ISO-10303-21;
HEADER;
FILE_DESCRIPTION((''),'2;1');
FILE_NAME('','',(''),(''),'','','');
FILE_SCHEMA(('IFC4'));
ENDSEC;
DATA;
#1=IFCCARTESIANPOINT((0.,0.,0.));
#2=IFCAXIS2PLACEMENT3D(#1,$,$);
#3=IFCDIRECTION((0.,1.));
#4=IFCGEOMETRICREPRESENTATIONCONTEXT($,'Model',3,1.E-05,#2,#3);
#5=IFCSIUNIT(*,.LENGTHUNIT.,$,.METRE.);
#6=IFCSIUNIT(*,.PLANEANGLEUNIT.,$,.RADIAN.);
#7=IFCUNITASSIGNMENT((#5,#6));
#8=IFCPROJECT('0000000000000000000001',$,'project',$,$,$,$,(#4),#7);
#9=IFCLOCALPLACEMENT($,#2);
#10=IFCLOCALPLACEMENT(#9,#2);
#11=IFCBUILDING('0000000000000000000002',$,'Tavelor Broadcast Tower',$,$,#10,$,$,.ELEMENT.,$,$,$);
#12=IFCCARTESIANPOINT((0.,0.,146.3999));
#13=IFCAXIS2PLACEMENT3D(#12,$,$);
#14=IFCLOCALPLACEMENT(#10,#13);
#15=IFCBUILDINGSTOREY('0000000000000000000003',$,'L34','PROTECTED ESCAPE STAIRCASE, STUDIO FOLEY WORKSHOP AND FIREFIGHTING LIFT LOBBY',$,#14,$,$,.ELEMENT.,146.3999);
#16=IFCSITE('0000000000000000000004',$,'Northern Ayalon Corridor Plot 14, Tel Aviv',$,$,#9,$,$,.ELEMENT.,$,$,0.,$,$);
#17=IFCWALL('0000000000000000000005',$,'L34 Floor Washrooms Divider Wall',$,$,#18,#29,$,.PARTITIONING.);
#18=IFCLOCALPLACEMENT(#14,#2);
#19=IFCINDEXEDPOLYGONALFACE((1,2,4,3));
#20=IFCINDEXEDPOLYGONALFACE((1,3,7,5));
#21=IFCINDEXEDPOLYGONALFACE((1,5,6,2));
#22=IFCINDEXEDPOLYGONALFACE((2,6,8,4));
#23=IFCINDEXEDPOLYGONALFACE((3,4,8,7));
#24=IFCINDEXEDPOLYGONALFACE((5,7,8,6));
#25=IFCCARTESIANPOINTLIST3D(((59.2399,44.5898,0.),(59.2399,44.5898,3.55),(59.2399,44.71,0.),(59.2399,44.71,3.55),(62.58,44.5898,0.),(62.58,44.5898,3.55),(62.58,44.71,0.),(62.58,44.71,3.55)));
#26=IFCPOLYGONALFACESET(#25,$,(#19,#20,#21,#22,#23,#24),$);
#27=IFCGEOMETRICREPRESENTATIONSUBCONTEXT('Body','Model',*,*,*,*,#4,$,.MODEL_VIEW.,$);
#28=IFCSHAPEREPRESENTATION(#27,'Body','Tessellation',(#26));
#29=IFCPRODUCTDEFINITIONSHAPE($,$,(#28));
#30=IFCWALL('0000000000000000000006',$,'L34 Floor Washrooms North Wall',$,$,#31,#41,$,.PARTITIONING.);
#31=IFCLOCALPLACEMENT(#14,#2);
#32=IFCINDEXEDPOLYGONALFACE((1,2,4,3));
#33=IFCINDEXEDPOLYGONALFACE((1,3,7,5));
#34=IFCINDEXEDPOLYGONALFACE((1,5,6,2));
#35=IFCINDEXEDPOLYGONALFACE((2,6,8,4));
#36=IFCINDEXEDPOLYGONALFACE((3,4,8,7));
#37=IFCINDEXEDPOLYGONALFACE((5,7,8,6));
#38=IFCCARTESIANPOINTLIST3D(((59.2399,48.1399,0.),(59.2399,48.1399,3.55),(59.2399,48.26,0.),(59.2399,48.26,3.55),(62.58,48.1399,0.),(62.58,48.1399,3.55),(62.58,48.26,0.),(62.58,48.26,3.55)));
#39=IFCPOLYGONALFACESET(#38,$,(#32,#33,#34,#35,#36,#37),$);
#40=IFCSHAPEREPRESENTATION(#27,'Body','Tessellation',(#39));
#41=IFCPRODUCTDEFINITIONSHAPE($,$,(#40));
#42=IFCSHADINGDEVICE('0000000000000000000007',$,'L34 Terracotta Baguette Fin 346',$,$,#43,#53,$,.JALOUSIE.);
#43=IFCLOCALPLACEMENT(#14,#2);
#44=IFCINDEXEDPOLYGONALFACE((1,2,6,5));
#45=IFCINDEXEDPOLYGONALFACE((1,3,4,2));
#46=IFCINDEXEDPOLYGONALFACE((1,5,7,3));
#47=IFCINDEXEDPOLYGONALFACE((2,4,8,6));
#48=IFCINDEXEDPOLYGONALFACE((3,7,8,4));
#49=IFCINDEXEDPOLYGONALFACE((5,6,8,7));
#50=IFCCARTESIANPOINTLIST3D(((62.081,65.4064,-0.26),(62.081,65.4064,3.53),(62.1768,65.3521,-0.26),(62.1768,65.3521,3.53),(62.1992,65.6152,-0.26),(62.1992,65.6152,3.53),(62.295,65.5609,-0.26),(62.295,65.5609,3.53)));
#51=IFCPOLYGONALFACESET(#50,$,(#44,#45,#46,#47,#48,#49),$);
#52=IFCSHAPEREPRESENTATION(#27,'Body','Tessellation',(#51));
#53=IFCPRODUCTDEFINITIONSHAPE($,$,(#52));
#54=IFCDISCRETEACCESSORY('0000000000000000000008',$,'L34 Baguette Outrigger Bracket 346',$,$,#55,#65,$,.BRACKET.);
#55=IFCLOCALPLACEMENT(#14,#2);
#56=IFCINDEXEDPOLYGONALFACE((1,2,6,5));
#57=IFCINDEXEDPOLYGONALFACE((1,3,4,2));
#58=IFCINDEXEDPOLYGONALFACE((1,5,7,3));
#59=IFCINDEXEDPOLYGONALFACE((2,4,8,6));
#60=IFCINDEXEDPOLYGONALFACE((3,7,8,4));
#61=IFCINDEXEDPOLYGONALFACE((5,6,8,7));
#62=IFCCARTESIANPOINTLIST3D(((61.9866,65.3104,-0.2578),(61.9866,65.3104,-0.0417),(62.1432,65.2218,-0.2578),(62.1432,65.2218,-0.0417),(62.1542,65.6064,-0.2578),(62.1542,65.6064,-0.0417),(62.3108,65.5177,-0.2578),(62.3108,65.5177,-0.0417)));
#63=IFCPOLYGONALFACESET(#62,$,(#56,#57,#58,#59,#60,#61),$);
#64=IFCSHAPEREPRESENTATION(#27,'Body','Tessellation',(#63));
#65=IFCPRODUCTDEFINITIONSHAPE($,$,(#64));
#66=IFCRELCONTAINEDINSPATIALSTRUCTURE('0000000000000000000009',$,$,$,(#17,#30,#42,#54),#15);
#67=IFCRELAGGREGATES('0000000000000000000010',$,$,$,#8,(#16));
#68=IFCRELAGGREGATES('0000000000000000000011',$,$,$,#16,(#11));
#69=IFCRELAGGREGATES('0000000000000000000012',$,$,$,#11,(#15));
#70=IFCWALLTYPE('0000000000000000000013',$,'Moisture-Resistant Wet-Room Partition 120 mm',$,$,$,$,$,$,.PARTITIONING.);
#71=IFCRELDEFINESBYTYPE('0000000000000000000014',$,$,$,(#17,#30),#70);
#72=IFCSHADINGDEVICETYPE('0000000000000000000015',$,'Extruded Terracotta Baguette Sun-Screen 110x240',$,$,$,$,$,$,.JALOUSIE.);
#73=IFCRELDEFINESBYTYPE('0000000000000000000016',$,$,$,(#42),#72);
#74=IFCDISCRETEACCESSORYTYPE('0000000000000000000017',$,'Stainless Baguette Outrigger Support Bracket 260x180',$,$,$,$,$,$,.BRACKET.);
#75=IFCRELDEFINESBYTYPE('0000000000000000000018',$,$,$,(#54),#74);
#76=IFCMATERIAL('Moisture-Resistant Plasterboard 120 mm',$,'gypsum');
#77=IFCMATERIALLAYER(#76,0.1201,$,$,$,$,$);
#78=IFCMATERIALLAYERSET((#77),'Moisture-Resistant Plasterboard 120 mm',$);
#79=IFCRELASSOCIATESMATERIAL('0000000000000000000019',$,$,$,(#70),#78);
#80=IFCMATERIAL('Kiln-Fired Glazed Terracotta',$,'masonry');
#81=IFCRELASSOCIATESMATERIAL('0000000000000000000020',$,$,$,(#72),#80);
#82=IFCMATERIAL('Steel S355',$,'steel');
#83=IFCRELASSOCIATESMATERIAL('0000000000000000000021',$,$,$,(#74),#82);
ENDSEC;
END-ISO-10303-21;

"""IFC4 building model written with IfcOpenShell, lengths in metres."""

from ifc_helpers import new_model, si_unit, direction, frame, frame_2d, origin, origin_2d, place, context, subcontext, project, spatial, rectangle, extrude, source, transform, mapped, material, layer, layer_set, type_object, type_shapes, element, save


model = new_model("IFC4")

# Units and contexts
model_context = context("Model", 3, precision=1e-05, world=origin(), true_north=direction((0.0, 1.0)))
body_context = subcontext(model_context, "Body", "Model", "MODEL_VIEW")
ifc_project = project(units=[si_unit("LENGTHUNIT", "METRE"), si_unit("PLANEANGLEUNIT", "RADIAN")], contexts=[model_context])

# Site, building, storey
site_placement = place(None, origin())
site = spatial("IfcSite", under=ifc_project, at=site_placement, Name="Northern Ayalon Corridor Plot 14, Tel Aviv", CompositionType="ELEMENT", RefElevation=0.0)
building_placement = place(site_placement, origin())
building = spatial("IfcBuilding", under=site, at=building_placement, Name="Tavelor Broadcast Tower", CompositionType="ELEMENT")
storey_placement = place(building_placement, frame((0.0, 0.0, 146.3999)))
storey = spatial("IfcBuildingStorey", under=building, at=storey_placement, Name="L34", Description="PROTECTED ESCAPE STAIRCASE, STUDIO FOLEY WORKSHOP AND FIREFIGHTING LIFT LOBBY", CompositionType="ELEMENT", Elevation=146.3999)

# Shared definitions
ifc_material_1 = material(Name="Steel S355", Category="steel")

# Walls
ifc_material_2 = material(Name="Moisture-Resistant Plasterboard 120 mm", Category="gypsum")
ifc_layer_1 = layer(ifc_material_2, 0.1201)
ifc_layer_set_1 = layer_set([ifc_layer_1], Name="Moisture-Resistant Plasterboard 120 mm")
wall_type_1 = type_object("IfcWallType", Name="Moisture-Resistant Wet-Room Partition 120 mm", PredefinedType="PARTITIONING", material=ifc_layer_set_1)
for number, where, z_axis, x_axis, name in (
    (1, (59.24, 44.6499, 0.0), (0.0, 0.0, 1.0), (1.0, 0.0, 0.0), "L34 Floor Washrooms Divider Wall"),
    (2, (59.24, 48.2, 0.0), (0.0, 0.0, 1.0), (1.0, 0.0, 0.0), "L34 Floor Washrooms North Wall"),
):
    element("IfcWall", number, at=place(storey_placement, frame(where, z_axis=z_axis, x_axis=x_axis)), inside=storey, type_object=wall_type_1, Name=name, PredefinedType="PARTITIONING", context=body_context, shape_type="SweptSolid", body=[
        extrude(rectangle(XDim=3.3401, YDim=0.1201, at=frame_2d((1.6699, 0.0))), origin(), (0.0, 0.0, 1.0), 3.55),
    ])

# Shading device
ifc_material_3 = material(Name="Kiln-Fired Glazed Terracotta", Category="masonry")
shading_device_type = type_object("IfcShadingDeviceType", Name="Extruded Terracotta Baguette Sun-Screen 110x240", PredefinedType="JALOUSIE", material=ifc_material_3)
shared_shape_1 = source(origin(), body_context, "Body", "SweptSolid", [
    extrude(rectangle(XDim=0.1101, YDim=0.24, at=origin_2d()), origin(), (0.0, 0.0, 1.0), 3.79),
])
type_shapes(shading_device_type, [shared_shape_1])
shading_device_placement = place(storey_placement, frame((62.188, 65.4836, -0.26), z_axis=(0.0, 0.0, 1.0), x_axis=(-0.870184, 0.492727, 0.0)))
element("IfcShadingDevice", 3, at=shading_device_placement, inside=storey, type_object=shading_device_type, Name="L34 Terracotta Baguette Fin 346", PredefinedType="JALOUSIE", context=body_context, shape_type="MappedRepresentation", body=[
    mapped(shared_shape_1, transform((0.0, 0.0, 0.0), scale=1.0)),
])

# Discrete accessory
discrete_accessory_type = type_object("IfcDiscreteAccessoryType", Name="Stainless Baguette Outrigger Support Bracket 260x180", PredefinedType="BRACKET", material=ifc_material_1)
shared_shape_2 = source(origin(), body_context, "Body", "SweptSolid", [
    extrude(rectangle(XDim=0.1799, YDim=0.3401, at=origin_2d()), origin(), (0.0, 0.0, 1.0), 0.2161),
])
type_shapes(discrete_accessory_type, [shared_shape_2])
discrete_accessory_placement = place(storey_placement, frame((62.1487, 65.4141, -0.2578), z_axis=(0.0, 0.0, 1.0), x_axis=(-0.870184, 0.492727, 0.0)))
element("IfcDiscreteAccessory", 4, at=discrete_accessory_placement, inside=storey, type_object=discrete_accessory_type, Name="L34 Baguette Outrigger Bracket 346", PredefinedType="BRACKET", context=body_context, shape_type="MappedRepresentation", body=[
    mapped(shared_shape_2, transform((0.0, 0.0, 0.0), scale=1.0)),
])

save(model, "model.ifc")
